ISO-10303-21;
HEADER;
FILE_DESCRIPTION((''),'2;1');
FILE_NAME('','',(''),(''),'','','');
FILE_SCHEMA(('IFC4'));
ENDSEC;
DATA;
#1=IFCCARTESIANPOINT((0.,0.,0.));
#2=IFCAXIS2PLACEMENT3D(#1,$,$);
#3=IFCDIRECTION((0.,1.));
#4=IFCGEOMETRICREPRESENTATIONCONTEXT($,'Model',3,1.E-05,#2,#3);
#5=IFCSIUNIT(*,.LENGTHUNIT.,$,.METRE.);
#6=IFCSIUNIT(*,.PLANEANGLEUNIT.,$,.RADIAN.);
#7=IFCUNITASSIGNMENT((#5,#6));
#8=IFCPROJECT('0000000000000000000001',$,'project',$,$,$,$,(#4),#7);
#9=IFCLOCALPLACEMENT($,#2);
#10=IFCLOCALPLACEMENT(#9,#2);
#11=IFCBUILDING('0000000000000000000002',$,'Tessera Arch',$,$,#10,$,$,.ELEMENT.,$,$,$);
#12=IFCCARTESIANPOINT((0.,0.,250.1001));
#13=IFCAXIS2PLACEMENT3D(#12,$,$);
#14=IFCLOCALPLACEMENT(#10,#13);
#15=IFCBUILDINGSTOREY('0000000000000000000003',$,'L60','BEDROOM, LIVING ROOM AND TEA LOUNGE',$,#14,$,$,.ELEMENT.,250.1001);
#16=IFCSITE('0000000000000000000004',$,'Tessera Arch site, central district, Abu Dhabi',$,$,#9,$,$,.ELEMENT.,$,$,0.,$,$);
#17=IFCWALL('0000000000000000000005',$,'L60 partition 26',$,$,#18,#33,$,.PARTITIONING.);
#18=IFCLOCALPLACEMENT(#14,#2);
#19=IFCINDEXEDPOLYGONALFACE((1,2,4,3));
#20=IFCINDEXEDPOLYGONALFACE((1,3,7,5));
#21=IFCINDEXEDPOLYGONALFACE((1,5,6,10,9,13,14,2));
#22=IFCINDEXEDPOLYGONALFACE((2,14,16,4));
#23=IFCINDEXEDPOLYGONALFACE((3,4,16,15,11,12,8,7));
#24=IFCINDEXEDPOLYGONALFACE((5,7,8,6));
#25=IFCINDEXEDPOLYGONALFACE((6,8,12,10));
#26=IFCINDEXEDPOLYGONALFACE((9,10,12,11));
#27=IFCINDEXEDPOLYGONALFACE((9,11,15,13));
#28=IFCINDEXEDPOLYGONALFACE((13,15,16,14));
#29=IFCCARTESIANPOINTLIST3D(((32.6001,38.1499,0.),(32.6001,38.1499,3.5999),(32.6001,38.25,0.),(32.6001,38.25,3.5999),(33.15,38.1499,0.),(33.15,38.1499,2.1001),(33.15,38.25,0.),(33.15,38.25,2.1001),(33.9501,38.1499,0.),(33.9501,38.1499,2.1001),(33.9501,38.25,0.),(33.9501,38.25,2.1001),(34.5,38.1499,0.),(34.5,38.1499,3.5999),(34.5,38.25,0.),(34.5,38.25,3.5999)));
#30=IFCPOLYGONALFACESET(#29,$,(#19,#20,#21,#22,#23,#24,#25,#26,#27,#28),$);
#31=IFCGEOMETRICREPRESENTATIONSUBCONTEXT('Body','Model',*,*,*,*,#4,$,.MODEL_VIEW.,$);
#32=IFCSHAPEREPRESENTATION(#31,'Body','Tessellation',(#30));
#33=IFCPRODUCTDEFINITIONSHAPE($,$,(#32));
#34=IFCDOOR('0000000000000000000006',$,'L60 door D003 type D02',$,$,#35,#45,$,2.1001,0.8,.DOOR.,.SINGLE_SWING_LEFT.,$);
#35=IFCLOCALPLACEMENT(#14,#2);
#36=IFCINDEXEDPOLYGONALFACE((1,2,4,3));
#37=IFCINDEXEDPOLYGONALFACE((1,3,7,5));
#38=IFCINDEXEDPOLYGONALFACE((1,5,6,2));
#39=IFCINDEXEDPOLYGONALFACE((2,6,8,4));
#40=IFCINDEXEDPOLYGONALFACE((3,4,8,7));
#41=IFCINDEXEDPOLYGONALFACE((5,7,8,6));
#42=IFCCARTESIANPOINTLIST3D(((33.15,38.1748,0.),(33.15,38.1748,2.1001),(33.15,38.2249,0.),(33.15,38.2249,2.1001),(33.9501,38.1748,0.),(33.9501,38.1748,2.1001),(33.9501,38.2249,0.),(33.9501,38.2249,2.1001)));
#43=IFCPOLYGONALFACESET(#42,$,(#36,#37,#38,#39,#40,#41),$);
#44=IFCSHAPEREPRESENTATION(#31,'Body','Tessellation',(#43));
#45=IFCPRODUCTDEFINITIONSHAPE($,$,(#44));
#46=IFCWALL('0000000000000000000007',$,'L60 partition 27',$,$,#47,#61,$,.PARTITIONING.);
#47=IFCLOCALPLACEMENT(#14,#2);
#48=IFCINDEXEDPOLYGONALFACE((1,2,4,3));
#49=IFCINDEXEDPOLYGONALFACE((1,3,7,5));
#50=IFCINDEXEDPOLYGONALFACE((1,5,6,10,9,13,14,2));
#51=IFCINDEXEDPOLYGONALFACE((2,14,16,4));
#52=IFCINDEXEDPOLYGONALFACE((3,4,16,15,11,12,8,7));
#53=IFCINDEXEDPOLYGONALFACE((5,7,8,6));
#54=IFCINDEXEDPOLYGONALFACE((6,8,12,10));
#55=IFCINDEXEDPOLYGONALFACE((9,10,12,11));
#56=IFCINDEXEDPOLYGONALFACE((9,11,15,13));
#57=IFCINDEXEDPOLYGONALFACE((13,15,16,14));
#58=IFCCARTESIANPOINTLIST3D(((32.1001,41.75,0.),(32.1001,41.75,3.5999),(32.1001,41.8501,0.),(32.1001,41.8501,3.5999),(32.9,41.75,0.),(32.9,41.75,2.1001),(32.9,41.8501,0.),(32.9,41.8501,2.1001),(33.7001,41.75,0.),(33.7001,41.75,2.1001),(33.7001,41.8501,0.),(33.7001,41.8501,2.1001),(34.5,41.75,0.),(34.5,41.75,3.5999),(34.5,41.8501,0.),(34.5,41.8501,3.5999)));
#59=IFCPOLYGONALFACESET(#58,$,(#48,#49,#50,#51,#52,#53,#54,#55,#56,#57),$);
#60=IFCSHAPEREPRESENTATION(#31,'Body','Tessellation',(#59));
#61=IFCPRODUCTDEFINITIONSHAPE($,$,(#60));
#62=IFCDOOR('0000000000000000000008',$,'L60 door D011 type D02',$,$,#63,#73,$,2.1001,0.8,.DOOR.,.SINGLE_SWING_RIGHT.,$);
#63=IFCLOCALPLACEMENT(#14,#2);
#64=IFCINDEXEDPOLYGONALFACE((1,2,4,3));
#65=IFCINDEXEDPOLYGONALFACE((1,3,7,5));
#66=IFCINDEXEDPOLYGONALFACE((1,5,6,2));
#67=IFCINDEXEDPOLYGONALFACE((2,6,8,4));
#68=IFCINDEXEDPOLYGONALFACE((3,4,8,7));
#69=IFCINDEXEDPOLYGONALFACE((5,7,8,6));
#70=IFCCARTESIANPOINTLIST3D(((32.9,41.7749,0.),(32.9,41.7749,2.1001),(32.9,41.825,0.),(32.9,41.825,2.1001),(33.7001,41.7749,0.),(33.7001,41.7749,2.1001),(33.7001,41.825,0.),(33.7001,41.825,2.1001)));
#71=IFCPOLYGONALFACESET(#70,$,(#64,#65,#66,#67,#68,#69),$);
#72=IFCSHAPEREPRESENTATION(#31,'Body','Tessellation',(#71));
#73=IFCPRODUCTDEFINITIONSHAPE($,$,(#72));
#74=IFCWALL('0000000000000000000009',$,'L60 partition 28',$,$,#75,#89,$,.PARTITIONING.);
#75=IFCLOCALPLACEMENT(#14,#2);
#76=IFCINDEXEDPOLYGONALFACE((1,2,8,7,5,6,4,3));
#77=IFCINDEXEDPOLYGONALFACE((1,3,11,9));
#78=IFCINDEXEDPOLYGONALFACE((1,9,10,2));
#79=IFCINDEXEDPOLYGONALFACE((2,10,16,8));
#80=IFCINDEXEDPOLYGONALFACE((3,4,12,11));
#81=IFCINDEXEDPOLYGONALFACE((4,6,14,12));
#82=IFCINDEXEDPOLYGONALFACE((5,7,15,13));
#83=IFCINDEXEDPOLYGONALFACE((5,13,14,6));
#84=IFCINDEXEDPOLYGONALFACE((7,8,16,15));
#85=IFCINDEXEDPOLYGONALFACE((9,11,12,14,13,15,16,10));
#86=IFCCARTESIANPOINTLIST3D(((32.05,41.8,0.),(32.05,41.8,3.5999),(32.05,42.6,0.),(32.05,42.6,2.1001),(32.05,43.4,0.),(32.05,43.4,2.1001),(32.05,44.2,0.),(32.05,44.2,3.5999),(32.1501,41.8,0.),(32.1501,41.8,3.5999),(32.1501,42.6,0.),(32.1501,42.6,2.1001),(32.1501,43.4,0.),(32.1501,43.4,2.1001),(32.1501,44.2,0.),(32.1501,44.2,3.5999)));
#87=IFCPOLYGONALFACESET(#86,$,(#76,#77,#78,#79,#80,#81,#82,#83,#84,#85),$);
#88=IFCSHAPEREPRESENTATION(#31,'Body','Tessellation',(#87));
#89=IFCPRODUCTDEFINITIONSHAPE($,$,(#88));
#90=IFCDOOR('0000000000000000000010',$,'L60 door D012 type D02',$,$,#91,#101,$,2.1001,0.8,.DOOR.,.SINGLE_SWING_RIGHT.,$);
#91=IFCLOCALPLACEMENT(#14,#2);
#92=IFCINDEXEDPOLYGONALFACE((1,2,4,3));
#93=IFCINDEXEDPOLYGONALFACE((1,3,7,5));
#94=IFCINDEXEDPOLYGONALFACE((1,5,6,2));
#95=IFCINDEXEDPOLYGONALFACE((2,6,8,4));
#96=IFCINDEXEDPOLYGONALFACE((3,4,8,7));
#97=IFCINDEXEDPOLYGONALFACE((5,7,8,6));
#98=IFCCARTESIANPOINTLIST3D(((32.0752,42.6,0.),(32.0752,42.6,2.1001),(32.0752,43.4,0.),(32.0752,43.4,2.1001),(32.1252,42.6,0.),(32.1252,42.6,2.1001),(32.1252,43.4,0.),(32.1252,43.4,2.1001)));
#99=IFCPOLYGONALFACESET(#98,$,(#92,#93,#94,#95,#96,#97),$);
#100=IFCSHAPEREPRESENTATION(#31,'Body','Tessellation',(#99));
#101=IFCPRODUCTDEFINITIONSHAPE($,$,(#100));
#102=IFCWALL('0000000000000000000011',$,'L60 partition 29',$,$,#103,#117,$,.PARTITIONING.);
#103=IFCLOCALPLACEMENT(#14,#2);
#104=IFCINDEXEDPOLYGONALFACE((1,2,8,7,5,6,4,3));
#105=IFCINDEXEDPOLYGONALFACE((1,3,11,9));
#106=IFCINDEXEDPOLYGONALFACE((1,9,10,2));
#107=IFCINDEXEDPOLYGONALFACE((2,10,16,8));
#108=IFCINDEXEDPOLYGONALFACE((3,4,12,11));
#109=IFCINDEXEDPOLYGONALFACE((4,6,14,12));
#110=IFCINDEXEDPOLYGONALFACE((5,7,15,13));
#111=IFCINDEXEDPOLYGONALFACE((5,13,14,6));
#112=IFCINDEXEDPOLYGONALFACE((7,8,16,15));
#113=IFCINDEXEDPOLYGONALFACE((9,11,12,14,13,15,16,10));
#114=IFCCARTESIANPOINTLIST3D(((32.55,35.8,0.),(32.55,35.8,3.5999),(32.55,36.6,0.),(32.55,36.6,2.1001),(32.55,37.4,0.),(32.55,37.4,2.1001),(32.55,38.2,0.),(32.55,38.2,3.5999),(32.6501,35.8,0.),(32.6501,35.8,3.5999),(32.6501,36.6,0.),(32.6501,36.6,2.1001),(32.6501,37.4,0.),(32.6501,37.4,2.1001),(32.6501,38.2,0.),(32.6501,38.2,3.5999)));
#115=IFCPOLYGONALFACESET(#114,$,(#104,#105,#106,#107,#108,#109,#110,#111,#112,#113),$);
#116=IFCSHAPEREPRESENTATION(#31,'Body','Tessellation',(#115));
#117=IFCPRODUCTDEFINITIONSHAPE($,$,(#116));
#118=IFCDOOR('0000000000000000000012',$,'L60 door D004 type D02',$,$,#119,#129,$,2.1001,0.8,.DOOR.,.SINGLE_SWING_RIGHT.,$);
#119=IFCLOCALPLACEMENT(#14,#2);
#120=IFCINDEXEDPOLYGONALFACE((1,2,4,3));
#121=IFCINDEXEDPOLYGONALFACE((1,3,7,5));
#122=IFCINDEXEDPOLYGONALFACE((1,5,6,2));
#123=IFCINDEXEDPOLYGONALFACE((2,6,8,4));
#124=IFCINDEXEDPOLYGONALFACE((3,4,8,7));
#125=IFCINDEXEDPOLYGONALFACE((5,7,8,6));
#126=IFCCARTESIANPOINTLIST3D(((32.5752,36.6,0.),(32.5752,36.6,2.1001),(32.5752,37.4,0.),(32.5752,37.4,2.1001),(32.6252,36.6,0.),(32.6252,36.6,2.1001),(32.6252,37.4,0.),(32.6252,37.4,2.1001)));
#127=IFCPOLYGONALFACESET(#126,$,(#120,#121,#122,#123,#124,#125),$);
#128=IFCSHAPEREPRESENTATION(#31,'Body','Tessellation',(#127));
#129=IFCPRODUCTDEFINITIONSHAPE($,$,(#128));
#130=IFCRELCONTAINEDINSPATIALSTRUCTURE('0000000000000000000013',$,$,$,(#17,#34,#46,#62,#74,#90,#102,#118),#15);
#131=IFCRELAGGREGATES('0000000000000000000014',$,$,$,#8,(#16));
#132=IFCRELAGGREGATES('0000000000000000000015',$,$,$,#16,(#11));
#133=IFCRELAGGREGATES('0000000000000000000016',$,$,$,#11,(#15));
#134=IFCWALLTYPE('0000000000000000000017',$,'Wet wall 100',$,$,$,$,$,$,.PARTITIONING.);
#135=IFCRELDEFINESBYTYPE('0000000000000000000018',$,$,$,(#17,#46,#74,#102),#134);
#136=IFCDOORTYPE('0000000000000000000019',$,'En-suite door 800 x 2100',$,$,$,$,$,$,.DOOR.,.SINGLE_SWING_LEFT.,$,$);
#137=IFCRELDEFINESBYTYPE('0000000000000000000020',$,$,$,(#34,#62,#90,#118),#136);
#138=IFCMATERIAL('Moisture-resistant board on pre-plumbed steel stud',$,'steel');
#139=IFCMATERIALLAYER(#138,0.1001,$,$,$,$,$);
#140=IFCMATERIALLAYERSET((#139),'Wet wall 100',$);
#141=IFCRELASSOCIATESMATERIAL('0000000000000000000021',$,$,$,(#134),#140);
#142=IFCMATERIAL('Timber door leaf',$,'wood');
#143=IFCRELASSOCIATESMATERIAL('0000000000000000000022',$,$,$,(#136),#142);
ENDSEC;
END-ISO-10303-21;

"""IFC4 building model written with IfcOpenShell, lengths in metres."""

from ifc_helpers import new_model, si_unit, direction, frame, frame_2d, origin, place, context, subcontext, project, spatial, rectangle, extrude, material, layer, layer_set, type_object, element, fill, save


model = new_model("IFC4")

# Units and contexts
model_context = context("Model", 3, precision=1e-05, world=origin(), true_north=direction((0.0, 1.0)))
body_context = subcontext(model_context, "Body", "Model", "MODEL_VIEW")
ifc_project = project(units=[si_unit("LENGTHUNIT", "METRE"), si_unit("PLANEANGLEUNIT", "RADIAN")], contexts=[model_context])

# Site, building, storey
site_placement = place(None, origin())
site = spatial("IfcSite", under=ifc_project, at=site_placement, Name="Tessera Arch site, central district, Abu Dhabi", CompositionType="ELEMENT", RefElevation=0.0)
building_placement = place(site_placement, origin())
building = spatial("IfcBuilding", under=site, at=building_placement, Name="Tessera Arch", CompositionType="ELEMENT")
storey_placement = place(building_placement, frame((0.0, 0.0, 250.1001)))
storey = spatial("IfcBuildingStorey", under=building, at=storey_placement, Name="L60", Description="BEDROOM, LIVING ROOM AND TEA LOUNGE", CompositionType="ELEMENT", Elevation=250.1001)

# Shared definitions
ifc_material_1 = material(Name="Moisture-resistant board on pre-plumbed steel stud", Category="steel")
ifc_layer_1 = layer(ifc_material_1, 0.1001)
ifc_layer_set_1 = layer_set([ifc_layer_1], Name="Wet wall 100")
wall_type_1 = type_object("IfcWallType", Name="Wet wall 100", PredefinedType="PARTITIONING", material=ifc_layer_set_1)

# Walls, openings, doors
wall_1_placement = place(storey_placement, frame((32.6001, 38.2, 0.0), z_axis=(0.0, 0.0, 1.0), x_axis=(1.0, 0.0, 0.0)))
wall_1 = element("IfcWall", 1, at=wall_1_placement, inside=storey, type_object=wall_type_1, Name="L60 partition 26", PredefinedType="PARTITIONING", context=body_context, shape_type="SweptSolid", body=[
    extrude(rectangle(XDim=1.8999, YDim=0.1001, at=frame_2d((0.95, 0.0))), origin(), (0.0, 0.0, 1.0), 3.5999),
])
opening_1_placement = place(wall_1_placement, frame((0.55, 0.0, 0.0)))
opening_1 = element("IfcOpeningElement", 2, at=opening_1_placement, cuts=wall_1, PredefinedType="OPENING", context=body_context, shape_type="SweptSolid", body=[
    extrude(rectangle(XDim=0.8, YDim=2.1001, at=frame_2d((0.3999, 1.05))), frame((0.0, 0.0601, 0.0), z_axis=(0.0, -1.0, 0.0), x_axis=(1.0, 0.0, 0.0)), (0.0, 0.0, 1.0), 0.1201),
])
ifc_material_2 = material(Name="Timber door leaf", Category="wood")
door_type_1 = type_object("IfcDoorType", Name="En-suite door 800 x 2100", OperationType="SINGLE_SWING_LEFT", PredefinedType="DOOR", material=ifc_material_2)
door_1_placement = place(opening_1_placement, origin())
door_1 = element("IfcDoor", 3, at=door_1_placement, inside=storey, type_object=door_type_1, Name="L60 door D003 type D02", OperationType="SINGLE_SWING_LEFT", OverallHeight=2.1001, OverallWidth=0.8, PredefinedType="DOOR", context=body_context, shape_type="SweptSolid", body=[
    extrude(rectangle(XDim=0.8, YDim=2.1001, at=frame_2d((0.3999, 1.05))), frame((0.0, 0.0249, 0.0), z_axis=(0.0, -1.0, 0.0), x_axis=(1.0, 0.0, 0.0)), (0.0, 0.0, 1.0), 0.05),
])
fill(opening_1, door_1)
wall_2_placement = place(storey_placement, frame((32.1001, 41.8, 0.0), z_axis=(0.0, 0.0, 1.0), x_axis=(1.0, 0.0, 0.0)))
wall_2 = element("IfcWall", 4, at=wall_2_placement, inside=storey, type_object=wall_type_1, Name="L60 partition 27", PredefinedType="PARTITIONING", context=body_context, shape_type="SweptSolid", body=[
    extrude(rectangle(XDim=2.3999, YDim=0.1001, at=frame_2d((1.2, 0.0))), origin(), (0.0, 0.0, 1.0), 3.5999),
])
opening_2_placement = place(wall_2_placement, frame((0.8, 0.0, 0.0)))
opening_2 = element("IfcOpeningElement", 5, at=opening_2_placement, cuts=wall_2, PredefinedType="OPENING", context=body_context, shape_type="SweptSolid", body=[
    extrude(rectangle(XDim=0.8, YDim=2.1001, at=frame_2d((0.3999, 1.05))), frame((0.0, 0.0601, 0.0), z_axis=(0.0, -1.0, 0.0), x_axis=(1.0, 0.0, 0.0)), (0.0, 0.0, 1.0), 0.1201),
])
door_2_placement = place(opening_2_placement, origin())
door_2 = element("IfcDoor", 6, at=door_2_placement, inside=storey, type_object=door_type_1, Name="L60 door D011 type D02", OperationType="SINGLE_SWING_RIGHT", OverallHeight=2.1001, OverallWidth=0.8, PredefinedType="DOOR", context=body_context, shape_type="SweptSolid", body=[
    extrude(rectangle(XDim=0.8, YDim=2.1001, at=frame_2d((0.3999, 1.05))), frame((0.0, 0.0249, 0.0), z_axis=(0.0, -1.0, 0.0), x_axis=(1.0, 0.0, 0.0)), (0.0, 0.0, 1.0), 0.05),
])
fill(opening_2, door_2)
wall_3_placement = place(storey_placement, frame((32.1001, 41.8, 0.0), z_axis=(0.0, 0.0, 1.0), x_axis=(0.0, 1.0, 0.0)))
wall_3 = element("IfcWall", 7, at=wall_3_placement, inside=storey, type_object=wall_type_1, Name="L60 partition 28", PredefinedType="PARTITIONING", context=body_context, shape_type="SweptSolid", body=[
    extrude(rectangle(XDim=2.3999, YDim=0.1001, at=frame_2d((1.2, 0.0))), origin(), (0.0, 0.0, 1.0), 3.5999),
])
opening_3_placement = place(wall_3_placement, frame((0.8, 0.0, 0.0)))
opening_3 = element("IfcOpeningElement", 8, at=opening_3_placement, cuts=wall_3, PredefinedType="OPENING", context=body_context, shape_type="SweptSolid", body=[
    extrude(rectangle(XDim=0.8, YDim=2.1001, at=frame_2d((0.3999, 1.05))), frame((0.0, 0.0601, 0.0), z_axis=(0.0, -1.0, 0.0), x_axis=(1.0, 0.0, 0.0)), (0.0, 0.0, 1.0), 0.1201),
])
door_3_placement = place(opening_3_placement, origin())
door_3 = element("IfcDoor", 9, at=door_3_placement, inside=storey, type_object=door_type_1, Name="L60 door D012 type D02", OperationType="SINGLE_SWING_RIGHT", OverallHeight=2.1001, OverallWidth=0.8, PredefinedType="DOOR", context=body_context, shape_type="SweptSolid", body=[
    extrude(rectangle(XDim=0.8, YDim=2.1001, at=frame_2d((0.3999, 1.05))), frame((0.0, 0.0249, 0.0), z_axis=(0.0, -1.0, 0.0), x_axis=(1.0, 0.0, 0.0)), (0.0, 0.0, 1.0), 0.05),
])
fill(opening_3, door_3)
wall_4_placement = place(storey_placement, frame((32.6001, 35.8, 0.0), z_axis=(0.0, 0.0, 1.0), x_axis=(0.0, 1.0, 0.0)))
wall_4 = element("IfcWall", 10, at=wall_4_placement, inside=storey, type_object=wall_type_1, Name="L60 partition 29", PredefinedType="PARTITIONING", context=body_context, shape_type="SweptSolid", body=[
    extrude(rectangle(XDim=2.3999, YDim=0.1001, at=frame_2d((1.2, 0.0))), origin(), (0.0, 0.0, 1.0), 3.5999),
])
opening_4_placement = place(wall_4_placement, frame((0.8, 0.0, 0.0)))
opening_4 = element("IfcOpeningElement", 11, at=opening_4_placement, cuts=wall_4, PredefinedType="OPENING", context=body_context, shape_type="SweptSolid", body=[
    extrude(rectangle(XDim=0.8, YDim=2.1001, at=frame_2d((0.3999, 1.05))), frame((0.0, 0.0601, 0.0), z_axis=(0.0, -1.0, 0.0), x_axis=(1.0, 0.0, 0.0)), (0.0, 0.0, 1.0), 0.1201),
])
door_4_placement = place(opening_4_placement, origin())
door_4 = element("IfcDoor", 12, at=door_4_placement, inside=storey, type_object=door_type_1, Name="L60 door D004 type D02", OperationType="SINGLE_SWING_RIGHT", OverallHeight=2.1001, OverallWidth=0.8, PredefinedType="DOOR", context=body_context, shape_type="SweptSolid", body=[
    extrude(rectangle(XDim=0.8, YDim=2.1001, at=frame_2d((0.3999, 1.05))), frame((0.0, 0.0249, 0.0), z_axis=(0.0, -1.0, 0.0), x_axis=(1.0, 0.0, 0.0)), (0.0, 0.0, 1.0), 0.05),
])
fill(opening_4, door_4)

save(model, "model.ifc")
